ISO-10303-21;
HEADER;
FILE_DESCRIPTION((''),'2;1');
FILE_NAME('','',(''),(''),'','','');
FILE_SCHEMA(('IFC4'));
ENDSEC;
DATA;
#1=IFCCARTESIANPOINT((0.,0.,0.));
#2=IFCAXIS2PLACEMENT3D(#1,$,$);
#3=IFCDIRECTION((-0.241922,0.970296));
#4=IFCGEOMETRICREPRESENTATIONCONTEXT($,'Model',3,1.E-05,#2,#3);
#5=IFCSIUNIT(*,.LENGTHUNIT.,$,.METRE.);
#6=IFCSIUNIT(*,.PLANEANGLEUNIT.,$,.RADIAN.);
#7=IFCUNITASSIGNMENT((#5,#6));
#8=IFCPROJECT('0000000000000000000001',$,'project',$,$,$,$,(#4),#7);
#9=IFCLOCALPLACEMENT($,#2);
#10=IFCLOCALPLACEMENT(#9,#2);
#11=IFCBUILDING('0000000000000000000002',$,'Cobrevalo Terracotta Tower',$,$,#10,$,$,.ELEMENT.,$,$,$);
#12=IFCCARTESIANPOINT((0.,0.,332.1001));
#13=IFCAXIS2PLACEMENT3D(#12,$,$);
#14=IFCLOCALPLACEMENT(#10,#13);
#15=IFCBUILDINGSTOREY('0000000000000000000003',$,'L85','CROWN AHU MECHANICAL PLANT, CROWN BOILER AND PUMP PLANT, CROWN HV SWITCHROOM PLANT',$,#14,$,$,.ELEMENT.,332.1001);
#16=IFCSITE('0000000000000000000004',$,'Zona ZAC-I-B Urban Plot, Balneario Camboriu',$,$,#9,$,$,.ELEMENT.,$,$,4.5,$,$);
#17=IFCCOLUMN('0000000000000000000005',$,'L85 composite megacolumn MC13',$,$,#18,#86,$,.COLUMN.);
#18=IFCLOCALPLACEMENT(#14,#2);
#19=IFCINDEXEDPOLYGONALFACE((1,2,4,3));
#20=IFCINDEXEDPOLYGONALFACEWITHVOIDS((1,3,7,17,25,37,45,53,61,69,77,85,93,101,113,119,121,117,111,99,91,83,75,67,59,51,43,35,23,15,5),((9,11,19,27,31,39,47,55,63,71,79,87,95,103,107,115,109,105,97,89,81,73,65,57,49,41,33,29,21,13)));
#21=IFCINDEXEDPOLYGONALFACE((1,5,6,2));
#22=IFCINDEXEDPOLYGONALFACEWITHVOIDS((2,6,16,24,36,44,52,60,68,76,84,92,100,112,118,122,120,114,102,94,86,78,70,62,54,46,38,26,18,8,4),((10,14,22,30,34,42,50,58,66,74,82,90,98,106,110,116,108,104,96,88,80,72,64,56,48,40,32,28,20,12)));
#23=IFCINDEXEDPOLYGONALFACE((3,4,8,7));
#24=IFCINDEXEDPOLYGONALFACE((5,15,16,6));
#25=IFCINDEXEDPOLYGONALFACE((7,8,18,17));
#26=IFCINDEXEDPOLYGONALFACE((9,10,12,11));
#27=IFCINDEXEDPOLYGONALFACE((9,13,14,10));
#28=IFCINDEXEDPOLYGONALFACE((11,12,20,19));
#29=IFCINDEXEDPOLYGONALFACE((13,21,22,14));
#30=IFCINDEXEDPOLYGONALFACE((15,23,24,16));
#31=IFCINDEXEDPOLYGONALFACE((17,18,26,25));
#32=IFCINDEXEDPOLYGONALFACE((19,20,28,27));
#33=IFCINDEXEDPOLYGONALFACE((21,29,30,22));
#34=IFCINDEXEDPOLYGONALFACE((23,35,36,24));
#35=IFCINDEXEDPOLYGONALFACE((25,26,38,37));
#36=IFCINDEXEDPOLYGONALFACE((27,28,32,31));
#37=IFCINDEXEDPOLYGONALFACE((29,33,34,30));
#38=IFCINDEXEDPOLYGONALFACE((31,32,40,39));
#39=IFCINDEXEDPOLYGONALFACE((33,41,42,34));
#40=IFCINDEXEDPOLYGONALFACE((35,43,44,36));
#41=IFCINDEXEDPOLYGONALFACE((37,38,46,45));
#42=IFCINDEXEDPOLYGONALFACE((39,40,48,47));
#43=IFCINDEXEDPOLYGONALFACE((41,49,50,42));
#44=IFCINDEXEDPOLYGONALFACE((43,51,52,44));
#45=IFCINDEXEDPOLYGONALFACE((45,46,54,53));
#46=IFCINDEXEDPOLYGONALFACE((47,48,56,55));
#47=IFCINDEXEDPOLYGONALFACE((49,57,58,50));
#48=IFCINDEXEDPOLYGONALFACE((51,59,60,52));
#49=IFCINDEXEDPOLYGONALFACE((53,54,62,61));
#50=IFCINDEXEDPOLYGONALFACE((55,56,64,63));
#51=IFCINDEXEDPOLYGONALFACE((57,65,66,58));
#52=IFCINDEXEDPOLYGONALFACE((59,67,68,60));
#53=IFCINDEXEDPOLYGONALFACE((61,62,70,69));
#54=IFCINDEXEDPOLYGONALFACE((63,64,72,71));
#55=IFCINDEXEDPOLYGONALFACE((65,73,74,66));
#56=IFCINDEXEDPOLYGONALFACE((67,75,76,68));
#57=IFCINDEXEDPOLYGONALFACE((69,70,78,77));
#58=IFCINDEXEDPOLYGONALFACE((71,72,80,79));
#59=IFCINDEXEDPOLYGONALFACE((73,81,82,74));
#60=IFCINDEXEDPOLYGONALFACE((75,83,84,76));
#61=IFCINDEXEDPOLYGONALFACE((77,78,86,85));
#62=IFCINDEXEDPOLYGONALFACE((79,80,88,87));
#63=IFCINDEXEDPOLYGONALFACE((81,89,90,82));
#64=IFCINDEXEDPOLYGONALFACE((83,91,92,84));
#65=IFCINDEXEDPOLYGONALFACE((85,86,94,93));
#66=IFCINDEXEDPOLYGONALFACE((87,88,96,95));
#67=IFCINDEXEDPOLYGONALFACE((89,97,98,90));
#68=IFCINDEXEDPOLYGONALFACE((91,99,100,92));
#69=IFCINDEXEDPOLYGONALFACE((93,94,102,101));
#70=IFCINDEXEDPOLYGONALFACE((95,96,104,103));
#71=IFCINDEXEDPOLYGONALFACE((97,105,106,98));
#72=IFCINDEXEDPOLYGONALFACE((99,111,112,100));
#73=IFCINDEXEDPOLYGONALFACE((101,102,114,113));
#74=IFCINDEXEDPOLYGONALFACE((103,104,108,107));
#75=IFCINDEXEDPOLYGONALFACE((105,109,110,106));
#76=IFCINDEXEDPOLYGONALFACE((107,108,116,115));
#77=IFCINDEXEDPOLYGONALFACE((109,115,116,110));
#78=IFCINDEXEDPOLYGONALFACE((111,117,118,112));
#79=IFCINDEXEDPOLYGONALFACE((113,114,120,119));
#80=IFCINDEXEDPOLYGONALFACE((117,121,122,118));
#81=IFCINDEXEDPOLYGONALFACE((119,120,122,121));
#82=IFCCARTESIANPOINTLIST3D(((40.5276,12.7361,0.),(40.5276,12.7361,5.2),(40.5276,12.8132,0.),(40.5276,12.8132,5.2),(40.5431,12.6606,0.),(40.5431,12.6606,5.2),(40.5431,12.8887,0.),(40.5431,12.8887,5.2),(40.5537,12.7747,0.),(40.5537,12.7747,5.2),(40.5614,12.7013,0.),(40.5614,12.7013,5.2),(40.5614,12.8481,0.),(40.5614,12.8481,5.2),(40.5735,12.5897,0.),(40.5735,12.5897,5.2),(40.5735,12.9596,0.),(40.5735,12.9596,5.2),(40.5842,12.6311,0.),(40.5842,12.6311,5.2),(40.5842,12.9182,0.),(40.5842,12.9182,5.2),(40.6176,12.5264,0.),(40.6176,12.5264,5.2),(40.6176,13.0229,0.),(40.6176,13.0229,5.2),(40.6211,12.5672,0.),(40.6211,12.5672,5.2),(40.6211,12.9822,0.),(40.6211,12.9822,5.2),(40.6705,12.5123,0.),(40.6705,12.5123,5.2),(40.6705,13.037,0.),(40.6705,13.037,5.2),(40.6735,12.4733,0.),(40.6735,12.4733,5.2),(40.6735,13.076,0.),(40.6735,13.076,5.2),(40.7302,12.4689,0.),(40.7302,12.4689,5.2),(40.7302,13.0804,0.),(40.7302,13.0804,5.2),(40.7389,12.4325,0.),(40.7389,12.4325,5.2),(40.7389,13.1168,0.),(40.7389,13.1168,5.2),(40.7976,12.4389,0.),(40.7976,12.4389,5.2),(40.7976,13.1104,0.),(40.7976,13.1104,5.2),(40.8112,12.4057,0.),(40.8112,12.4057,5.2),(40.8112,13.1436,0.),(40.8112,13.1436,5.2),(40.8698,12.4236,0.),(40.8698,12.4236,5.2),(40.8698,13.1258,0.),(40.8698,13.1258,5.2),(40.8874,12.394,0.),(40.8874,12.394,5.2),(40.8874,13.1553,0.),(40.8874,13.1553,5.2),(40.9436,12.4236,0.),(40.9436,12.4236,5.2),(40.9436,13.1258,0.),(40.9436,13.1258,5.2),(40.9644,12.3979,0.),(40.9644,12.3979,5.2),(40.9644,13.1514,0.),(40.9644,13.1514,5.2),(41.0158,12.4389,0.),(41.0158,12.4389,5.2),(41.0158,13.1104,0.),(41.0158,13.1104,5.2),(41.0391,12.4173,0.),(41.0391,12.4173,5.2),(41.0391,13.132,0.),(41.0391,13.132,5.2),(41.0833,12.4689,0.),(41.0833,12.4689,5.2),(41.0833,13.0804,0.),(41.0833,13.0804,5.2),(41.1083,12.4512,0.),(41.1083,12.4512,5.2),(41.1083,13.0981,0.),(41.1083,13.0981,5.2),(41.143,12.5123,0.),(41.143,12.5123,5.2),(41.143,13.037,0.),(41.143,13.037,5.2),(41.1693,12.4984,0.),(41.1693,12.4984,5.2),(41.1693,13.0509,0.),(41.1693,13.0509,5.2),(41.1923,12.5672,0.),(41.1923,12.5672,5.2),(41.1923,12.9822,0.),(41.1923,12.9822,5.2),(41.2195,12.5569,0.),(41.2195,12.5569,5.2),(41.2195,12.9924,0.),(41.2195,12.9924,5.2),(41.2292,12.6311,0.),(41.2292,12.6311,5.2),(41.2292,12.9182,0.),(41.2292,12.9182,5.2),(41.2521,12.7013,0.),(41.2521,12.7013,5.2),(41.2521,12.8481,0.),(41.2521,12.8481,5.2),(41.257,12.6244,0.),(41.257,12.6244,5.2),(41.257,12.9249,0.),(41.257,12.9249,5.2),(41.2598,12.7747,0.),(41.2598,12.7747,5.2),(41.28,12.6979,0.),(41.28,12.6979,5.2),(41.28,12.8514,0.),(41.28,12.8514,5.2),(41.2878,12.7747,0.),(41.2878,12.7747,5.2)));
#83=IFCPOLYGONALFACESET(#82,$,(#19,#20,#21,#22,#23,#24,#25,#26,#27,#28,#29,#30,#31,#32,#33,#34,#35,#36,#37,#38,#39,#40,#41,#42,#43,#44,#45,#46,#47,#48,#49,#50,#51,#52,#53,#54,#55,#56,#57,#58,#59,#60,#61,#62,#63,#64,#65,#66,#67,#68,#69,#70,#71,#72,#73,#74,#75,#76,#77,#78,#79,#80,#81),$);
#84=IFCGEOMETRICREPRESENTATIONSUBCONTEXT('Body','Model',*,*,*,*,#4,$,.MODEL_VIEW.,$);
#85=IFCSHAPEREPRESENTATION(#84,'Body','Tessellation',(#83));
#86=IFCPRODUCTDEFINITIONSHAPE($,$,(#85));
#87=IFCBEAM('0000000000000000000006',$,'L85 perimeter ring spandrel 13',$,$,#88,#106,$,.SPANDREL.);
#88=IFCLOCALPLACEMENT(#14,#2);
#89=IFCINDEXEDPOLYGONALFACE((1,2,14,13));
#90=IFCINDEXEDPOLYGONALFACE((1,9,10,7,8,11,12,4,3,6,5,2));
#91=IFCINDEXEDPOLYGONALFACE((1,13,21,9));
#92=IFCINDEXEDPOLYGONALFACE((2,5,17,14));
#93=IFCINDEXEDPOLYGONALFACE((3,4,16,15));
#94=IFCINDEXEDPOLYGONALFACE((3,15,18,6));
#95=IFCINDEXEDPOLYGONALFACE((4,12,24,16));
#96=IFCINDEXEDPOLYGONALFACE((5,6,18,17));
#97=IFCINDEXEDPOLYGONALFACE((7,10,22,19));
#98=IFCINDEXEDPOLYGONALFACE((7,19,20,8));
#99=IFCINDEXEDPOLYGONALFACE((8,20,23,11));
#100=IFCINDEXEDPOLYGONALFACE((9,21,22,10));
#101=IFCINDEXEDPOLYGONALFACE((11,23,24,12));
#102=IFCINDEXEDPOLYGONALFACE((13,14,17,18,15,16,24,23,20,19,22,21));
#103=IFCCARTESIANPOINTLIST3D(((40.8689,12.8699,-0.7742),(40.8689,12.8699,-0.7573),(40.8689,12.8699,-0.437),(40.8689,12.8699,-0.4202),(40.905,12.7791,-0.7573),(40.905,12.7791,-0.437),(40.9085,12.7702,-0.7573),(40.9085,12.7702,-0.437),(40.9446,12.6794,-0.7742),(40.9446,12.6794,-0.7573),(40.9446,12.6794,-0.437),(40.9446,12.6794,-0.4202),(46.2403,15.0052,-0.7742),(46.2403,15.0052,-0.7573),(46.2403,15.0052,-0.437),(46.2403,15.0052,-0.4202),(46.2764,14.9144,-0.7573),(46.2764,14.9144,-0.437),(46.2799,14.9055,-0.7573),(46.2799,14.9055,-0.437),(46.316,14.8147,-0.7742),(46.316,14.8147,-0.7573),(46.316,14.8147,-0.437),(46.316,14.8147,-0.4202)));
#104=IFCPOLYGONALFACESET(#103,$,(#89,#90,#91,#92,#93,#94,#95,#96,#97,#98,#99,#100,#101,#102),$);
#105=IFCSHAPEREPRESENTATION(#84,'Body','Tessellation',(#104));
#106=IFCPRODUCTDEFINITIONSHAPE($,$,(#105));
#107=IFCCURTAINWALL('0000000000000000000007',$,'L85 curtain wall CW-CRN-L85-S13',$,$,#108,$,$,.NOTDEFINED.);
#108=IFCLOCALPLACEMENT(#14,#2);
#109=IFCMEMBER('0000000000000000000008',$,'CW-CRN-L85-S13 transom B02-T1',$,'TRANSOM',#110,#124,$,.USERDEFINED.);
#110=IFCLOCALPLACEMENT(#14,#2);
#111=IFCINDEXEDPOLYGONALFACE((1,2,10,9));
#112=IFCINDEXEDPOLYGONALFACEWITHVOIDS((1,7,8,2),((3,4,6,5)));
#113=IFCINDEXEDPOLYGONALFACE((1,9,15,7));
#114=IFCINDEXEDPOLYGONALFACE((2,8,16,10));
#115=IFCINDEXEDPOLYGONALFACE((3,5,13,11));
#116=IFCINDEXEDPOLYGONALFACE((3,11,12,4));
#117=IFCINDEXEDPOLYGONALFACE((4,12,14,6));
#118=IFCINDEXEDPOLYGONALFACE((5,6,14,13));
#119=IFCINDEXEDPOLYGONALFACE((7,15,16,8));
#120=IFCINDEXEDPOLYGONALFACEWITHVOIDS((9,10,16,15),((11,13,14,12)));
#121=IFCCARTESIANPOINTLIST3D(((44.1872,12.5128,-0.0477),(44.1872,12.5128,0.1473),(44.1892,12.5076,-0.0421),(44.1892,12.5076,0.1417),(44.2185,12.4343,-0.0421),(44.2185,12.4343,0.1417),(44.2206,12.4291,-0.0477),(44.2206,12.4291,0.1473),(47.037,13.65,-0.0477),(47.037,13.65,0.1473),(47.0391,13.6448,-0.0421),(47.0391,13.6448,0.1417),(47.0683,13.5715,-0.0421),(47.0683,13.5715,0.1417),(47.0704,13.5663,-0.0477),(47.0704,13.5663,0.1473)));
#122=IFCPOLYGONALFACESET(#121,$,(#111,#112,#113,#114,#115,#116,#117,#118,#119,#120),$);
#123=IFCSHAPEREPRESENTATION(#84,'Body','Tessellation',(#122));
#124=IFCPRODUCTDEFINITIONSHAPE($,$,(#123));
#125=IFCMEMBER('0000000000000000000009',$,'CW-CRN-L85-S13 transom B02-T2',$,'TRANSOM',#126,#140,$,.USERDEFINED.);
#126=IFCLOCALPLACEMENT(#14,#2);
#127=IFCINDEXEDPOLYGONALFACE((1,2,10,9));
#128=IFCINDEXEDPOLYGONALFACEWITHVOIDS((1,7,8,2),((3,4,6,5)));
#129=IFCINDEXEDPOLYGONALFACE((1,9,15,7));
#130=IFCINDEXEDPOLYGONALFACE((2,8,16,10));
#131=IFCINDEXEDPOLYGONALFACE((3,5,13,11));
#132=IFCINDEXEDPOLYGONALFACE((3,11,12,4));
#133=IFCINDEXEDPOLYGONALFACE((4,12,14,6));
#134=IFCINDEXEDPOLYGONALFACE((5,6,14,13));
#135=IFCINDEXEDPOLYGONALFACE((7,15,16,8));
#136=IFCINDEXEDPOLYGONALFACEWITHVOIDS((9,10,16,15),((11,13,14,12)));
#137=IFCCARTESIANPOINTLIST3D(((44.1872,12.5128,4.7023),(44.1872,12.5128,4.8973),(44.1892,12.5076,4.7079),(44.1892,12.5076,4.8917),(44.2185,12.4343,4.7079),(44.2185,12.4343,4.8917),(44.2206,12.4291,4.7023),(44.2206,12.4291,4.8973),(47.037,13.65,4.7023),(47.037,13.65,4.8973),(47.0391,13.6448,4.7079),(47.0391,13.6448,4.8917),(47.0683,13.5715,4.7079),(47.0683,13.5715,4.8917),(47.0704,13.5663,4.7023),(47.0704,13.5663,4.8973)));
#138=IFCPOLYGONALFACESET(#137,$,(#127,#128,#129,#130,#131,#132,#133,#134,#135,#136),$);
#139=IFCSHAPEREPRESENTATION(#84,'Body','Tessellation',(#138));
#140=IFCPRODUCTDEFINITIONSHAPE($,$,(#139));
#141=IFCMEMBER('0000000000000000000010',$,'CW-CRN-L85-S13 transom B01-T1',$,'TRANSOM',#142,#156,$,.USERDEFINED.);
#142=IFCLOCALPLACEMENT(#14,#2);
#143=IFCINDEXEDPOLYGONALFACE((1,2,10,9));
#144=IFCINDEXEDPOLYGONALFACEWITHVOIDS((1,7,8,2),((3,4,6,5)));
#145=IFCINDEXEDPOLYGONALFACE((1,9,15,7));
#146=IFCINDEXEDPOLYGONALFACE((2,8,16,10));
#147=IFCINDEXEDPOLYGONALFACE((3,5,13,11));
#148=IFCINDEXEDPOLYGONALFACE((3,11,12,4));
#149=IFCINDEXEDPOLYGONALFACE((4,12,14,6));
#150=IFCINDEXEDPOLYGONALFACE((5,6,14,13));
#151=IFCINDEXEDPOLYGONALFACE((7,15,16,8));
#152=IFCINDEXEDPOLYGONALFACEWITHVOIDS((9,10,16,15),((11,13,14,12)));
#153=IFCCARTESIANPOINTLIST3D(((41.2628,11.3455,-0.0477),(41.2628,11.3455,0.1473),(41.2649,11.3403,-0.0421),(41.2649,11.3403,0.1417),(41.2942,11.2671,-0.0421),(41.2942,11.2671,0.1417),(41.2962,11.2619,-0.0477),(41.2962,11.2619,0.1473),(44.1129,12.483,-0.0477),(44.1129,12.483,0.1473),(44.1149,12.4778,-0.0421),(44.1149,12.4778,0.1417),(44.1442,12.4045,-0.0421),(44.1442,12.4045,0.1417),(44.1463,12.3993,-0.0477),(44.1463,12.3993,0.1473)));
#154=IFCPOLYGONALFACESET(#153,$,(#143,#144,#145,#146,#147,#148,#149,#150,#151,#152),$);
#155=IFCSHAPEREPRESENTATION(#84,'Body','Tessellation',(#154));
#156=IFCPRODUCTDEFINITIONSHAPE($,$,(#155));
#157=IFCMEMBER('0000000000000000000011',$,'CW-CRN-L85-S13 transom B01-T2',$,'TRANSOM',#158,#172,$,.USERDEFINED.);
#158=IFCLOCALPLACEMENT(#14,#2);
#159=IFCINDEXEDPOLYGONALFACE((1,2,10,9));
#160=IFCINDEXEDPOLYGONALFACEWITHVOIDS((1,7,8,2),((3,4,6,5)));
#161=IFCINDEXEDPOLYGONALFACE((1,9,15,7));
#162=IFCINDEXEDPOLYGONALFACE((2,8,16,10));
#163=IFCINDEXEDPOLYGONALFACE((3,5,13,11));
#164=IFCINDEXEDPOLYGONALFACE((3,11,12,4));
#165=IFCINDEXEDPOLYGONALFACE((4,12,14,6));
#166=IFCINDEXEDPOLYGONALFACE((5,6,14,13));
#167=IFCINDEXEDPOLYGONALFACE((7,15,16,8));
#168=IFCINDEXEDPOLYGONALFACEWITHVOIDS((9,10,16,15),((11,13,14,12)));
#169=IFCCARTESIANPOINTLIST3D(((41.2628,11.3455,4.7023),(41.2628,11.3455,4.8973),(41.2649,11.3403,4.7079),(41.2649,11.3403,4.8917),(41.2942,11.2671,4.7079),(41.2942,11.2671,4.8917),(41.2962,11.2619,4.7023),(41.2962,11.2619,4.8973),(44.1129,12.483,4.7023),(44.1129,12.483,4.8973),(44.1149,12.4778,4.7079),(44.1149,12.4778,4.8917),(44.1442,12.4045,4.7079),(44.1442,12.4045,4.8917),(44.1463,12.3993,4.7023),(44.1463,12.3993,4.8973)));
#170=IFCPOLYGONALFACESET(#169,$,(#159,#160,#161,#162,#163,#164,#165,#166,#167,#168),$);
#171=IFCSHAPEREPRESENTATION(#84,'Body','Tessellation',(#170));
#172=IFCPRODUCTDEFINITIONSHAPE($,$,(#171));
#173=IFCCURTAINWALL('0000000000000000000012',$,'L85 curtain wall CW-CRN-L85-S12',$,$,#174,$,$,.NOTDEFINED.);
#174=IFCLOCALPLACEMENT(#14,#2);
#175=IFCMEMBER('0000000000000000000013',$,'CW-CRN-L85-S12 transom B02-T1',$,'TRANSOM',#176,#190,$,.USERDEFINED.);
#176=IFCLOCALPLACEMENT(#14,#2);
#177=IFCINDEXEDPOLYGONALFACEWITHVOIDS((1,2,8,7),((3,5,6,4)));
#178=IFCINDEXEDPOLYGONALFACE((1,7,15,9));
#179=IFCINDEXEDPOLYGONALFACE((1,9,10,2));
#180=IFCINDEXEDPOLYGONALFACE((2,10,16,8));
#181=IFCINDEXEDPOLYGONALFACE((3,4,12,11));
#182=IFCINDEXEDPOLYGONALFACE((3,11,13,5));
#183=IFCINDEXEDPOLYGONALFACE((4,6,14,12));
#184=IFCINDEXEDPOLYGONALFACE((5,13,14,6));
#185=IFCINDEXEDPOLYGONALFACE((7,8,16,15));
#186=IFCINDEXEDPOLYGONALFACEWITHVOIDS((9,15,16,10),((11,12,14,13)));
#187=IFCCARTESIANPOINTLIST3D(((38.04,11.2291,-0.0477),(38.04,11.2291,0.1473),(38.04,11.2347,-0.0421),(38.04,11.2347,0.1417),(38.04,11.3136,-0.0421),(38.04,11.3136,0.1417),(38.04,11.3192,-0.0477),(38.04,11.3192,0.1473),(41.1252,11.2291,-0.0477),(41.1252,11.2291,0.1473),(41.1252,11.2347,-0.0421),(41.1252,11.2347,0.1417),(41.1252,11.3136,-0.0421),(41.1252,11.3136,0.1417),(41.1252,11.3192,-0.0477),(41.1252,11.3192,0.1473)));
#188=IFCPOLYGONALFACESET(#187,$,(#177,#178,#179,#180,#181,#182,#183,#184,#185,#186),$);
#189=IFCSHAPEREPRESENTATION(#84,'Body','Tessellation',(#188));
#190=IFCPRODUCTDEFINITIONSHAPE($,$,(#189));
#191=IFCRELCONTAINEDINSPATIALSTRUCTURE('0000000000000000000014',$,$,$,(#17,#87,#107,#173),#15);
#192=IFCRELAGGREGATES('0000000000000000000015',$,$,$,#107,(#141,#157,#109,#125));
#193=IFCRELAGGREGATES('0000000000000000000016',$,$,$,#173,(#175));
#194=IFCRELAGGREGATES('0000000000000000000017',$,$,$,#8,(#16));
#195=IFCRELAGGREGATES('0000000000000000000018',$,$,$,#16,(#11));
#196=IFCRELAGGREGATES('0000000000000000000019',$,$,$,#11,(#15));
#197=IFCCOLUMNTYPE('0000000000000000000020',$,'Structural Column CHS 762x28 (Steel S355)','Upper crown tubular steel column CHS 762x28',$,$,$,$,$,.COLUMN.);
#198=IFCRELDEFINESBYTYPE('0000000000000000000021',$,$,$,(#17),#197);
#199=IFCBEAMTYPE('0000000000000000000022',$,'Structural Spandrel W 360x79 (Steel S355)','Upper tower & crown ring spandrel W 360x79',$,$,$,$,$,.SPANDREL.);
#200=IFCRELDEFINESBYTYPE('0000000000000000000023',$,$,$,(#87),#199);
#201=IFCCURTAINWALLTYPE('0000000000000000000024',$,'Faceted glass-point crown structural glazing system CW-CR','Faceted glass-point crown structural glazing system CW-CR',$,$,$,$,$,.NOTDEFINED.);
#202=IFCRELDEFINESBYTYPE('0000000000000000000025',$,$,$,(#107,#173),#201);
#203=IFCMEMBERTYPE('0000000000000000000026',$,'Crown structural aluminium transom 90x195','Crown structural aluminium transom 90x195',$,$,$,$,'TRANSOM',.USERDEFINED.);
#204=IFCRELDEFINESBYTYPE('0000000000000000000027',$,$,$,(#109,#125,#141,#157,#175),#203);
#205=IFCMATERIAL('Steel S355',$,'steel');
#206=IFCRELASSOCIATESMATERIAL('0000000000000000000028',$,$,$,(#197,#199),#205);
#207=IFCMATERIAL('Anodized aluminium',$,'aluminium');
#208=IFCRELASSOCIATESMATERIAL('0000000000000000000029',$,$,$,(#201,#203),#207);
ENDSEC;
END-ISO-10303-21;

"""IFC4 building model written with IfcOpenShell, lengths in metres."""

from ifc_helpers import new_model, si_unit, direction, frame, origin, origin_2d, place, context, subcontext, project, spatial, hollow_rectangle, hollow_circle, i_section, extrude, source, transform, mapped, material, material_profile, profile_set, type_object, element, aggregate, save


model = new_model("IFC4")

# Units and contexts
model_context = context("Model", 3, precision=1e-05, world=origin(), true_north=direction((-0.241922, 0.970296)))
body_context = subcontext(model_context, "Body", "Model", "MODEL_VIEW")
ifc_project = project(units=[si_unit("LENGTHUNIT", "METRE"), si_unit("PLANEANGLEUNIT", "RADIAN")], contexts=[model_context])

# Site, building, storey
site_placement = place(None, origin())
site = spatial("IfcSite", under=ifc_project, at=site_placement, Name="Zona ZAC-I-B Urban Plot, Balneario Camboriu", CompositionType="ELEMENT", RefElevation=4.5)
building_placement = place(site_placement, origin())
building = spatial("IfcBuilding", under=site, at=building_placement, Name="Cobrevalo Terracotta Tower", CompositionType="ELEMENT")
storey_placement = place(building_placement, frame((0.0, 0.0, 332.1001)))
storey = spatial("IfcBuildingStorey", under=building, at=storey_placement, Name="L85", Description="CROWN AHU MECHANICAL PLANT, CROWN BOILER AND PUMP PLANT, CROWN HV SWITCHROOM PLANT", CompositionType="ELEMENT", Elevation=332.1001)

# Column
ifc_material_1 = material(Name="Steel S355", Category="steel")
ifc_material_profile_1 = material_profile(ifc_material_1, hollow_circle(Radius=0.3811, WallThickness=0.0281, at=origin_2d()), Name="CHS 762x28")
ifc_profile_set_1 = profile_set([ifc_material_profile_1], Name="Steel S355")
column_type = type_object("IfcColumnType", Name="Structural Column CHS 762x28 (Steel S355)", Description="Upper crown tubular steel column CHS 762x28", PredefinedType="COLUMN", material=ifc_profile_set_1)
column_placement = place(storey_placement, frame((40.9067, 12.7747, 0.0), z_axis=(0.0, 0.0, 1.0), x_axis=(1.0, 0.0, 0.0)))
element("IfcColumn", 1, at=column_placement, inside=storey, type_object=column_type, Name="L85 composite megacolumn MC13", PredefinedType="COLUMN", context=body_context, shape_type="SweptSolid", body=[
    extrude(hollow_circle(Radius=0.3811, WallThickness=0.0281, at=origin_2d()), origin(), (0.0, 0.0, 1.0), 5.2),
])

# Beam
ifc_material_profile_2 = material_profile(ifc_material_1, i_section(OverallWidth=0.2051, OverallDepth=0.354, WebThickness=0.0095, FlangeThickness=0.0168, at=origin_2d()), Name="W 360x79")
ifc_profile_set_2 = profile_set([ifc_material_profile_2], Name="Steel S355")
beam_type = type_object("IfcBeamType", Name="Structural Spandrel W 360x79 (Steel S355)", Description="Upper tower & crown ring spandrel W 360x79", PredefinedType="SPANDREL", material=ifc_profile_set_2)
beam_placement = place(storey_placement, frame((40.9067, 12.7747, -0.5972), z_axis=(0.929267, 0.369409, 0.0), x_axis=(-0.369409, 0.929267, 0.0)))
element("IfcBeam", 2, at=beam_placement, inside=storey, type_object=beam_type, Name="L85 perimeter ring spandrel 13", PredefinedType="SPANDREL", context=body_context, shape_type="SweptSolid", body=[
    extrude(i_section(OverallWidth=0.2051, OverallDepth=0.354, WebThickness=0.0095, FlangeThickness=0.0168, at=origin_2d()), origin(), (0.0, 0.0, 1.0), 5.7803),
])

# Curtain walls, members
ifc_material_2 = material(Name="Anodized aluminium", Category="aluminium")
curtain_wall_type = type_object("IfcCurtainWallType", Name="Faceted glass-point crown structural glazing system CW-CR", Description="Faceted glass-point crown structural glazing system CW-CR", PredefinedType="NOTDEFINED", material=ifc_material_2)
curtain_wall_1_placement = place(storey_placement, origin())
curtain_wall_1 = element("IfcCurtainWall", 3, at=curtain_wall_1_placement, inside=storey, type_object=curtain_wall_type, Name="L85 curtain wall CW-CRN-L85-S13", PredefinedType="NOTDEFINED")
ifc_material_profile_3 = material_profile(ifc_material_2, hollow_rectangle(XDim=0.0901, YDim=0.1951, WallThickness=0.0056, at=origin_2d()), Name="CWT 90x195")
ifc_profile_set_3 = profile_set([ifc_material_profile_3], Name="Anodized aluminium")
member_type_1 = type_object("IfcMemberType", Name="Crown structural aluminium transom 90x195", Description="Crown structural aluminium transom 90x195", ElementType="TRANSOM", PredefinedType="USERDEFINED", material=ifc_profile_set_3)
shared_shape_1 = source(origin(), body_context, "Body", "SweptSolid", [
    extrude(hollow_rectangle(XDim=0.0901, YDim=0.1951, WallThickness=0.0056, at=origin_2d()), origin(), (0.0, 0.0, 1.0), 3.0684),
])
member_1_placement = place(storey_placement, frame((44.2039, 12.4709, 0.0498), z_axis=(0.928784, 0.370622, 0.0), x_axis=(-0.370622, 0.928784, 0.0)))
member_1 = element("IfcMember", 4, at=member_1_placement, type_object=member_type_1, Name="CW-CRN-L85-S13 transom B02-T1", ObjectType="TRANSOM", PredefinedType="USERDEFINED", context=body_context, shape_type="MappedRepresentation", body=[
    mapped(shared_shape_1, transform((0.0, 0.0, 0.0), scale=1.0)),
])
member_2_placement = place(storey_placement, frame((44.2039, 12.4709, 4.7998), z_axis=(0.928784, 0.370622, 0.0), x_axis=(-0.370622, 0.928784, 0.0)))
member_2 = element("IfcMember", 5, at=member_2_placement, type_object=member_type_1, Name="CW-CRN-L85-S13 transom B02-T2", ObjectType="TRANSOM", PredefinedType="USERDEFINED", context=body_context, shape_type="MappedRepresentation", body=[
    mapped(shared_shape_1, transform((0.0, 0.0, 0.0), scale=1.0)),
])
shared_shape_2 = source(origin(), body_context, "Body", "SweptSolid", [
    extrude(hollow_rectangle(XDim=0.0901, YDim=0.1951, WallThickness=0.0056, at=origin_2d()), origin(), (0.0, 0.0, 1.0), 3.0686),
])
member_3_placement = place(storey_placement, frame((41.2795, 11.3037, 0.0498), z_axis=(0.928767, 0.370664, 0.0), x_axis=(-0.370664, 0.928767, 0.0)))
member_3 = element("IfcMember", 6, at=member_3_placement, type_object=member_type_1, Name="CW-CRN-L85-S13 transom B01-T1", ObjectType="TRANSOM", PredefinedType="USERDEFINED", context=body_context, shape_type="MappedRepresentation", body=[
    mapped(shared_shape_2, transform((0.0, 0.0, 0.0), scale=1.0)),
])
member_4_placement = place(storey_placement, frame((41.2795, 11.3037, 4.7998), z_axis=(0.928767, 0.370664, 0.0), x_axis=(-0.370664, 0.928767, 0.0)))
member_4 = element("IfcMember", 7, at=member_4_placement, type_object=member_type_1, Name="CW-CRN-L85-S13 transom B01-T2", ObjectType="TRANSOM", PredefinedType="USERDEFINED", context=body_context, shape_type="MappedRepresentation", body=[
    mapped(shared_shape_2, transform((0.0, 0.0, 0.0), scale=1.0)),
])
curtain_wall_2_placement = place(storey_placement, origin())
curtain_wall_2 = element("IfcCurtainWall", 8, at=curtain_wall_2_placement, inside=storey, type_object=curtain_wall_type, Name="L85 curtain wall CW-CRN-L85-S12", PredefinedType="NOTDEFINED")
shared_shape_3 = source(origin(), body_context, "Body", "SweptSolid", [
    extrude(hollow_rectangle(XDim=0.0901, YDim=0.1951, WallThickness=0.0056, at=origin_2d()), origin(), (0.0, 0.0, 1.0), 3.0852),
])
member_5_placement = place(storey_placement, frame((38.04, 11.2742, 0.0498), z_axis=(1.0, 0.0, 0.0), x_axis=(0.0, 1.0, 0.0)))
member_5 = element("IfcMember", 9, at=member_5_placement, type_object=member_type_1, Name="CW-CRN-L85-S12 transom B02-T1", ObjectType="TRANSOM", PredefinedType="USERDEFINED", context=body_context, shape_type="MappedRepresentation", body=[
    mapped(shared_shape_3, transform((0.0, 0.0, 0.0), scale=1.0)),
])

aggregate(curtain_wall_1, [member_3, member_4, member_1, member_2])
aggregate(curtain_wall_2, [member_5])

save(model, "model.ifc")
